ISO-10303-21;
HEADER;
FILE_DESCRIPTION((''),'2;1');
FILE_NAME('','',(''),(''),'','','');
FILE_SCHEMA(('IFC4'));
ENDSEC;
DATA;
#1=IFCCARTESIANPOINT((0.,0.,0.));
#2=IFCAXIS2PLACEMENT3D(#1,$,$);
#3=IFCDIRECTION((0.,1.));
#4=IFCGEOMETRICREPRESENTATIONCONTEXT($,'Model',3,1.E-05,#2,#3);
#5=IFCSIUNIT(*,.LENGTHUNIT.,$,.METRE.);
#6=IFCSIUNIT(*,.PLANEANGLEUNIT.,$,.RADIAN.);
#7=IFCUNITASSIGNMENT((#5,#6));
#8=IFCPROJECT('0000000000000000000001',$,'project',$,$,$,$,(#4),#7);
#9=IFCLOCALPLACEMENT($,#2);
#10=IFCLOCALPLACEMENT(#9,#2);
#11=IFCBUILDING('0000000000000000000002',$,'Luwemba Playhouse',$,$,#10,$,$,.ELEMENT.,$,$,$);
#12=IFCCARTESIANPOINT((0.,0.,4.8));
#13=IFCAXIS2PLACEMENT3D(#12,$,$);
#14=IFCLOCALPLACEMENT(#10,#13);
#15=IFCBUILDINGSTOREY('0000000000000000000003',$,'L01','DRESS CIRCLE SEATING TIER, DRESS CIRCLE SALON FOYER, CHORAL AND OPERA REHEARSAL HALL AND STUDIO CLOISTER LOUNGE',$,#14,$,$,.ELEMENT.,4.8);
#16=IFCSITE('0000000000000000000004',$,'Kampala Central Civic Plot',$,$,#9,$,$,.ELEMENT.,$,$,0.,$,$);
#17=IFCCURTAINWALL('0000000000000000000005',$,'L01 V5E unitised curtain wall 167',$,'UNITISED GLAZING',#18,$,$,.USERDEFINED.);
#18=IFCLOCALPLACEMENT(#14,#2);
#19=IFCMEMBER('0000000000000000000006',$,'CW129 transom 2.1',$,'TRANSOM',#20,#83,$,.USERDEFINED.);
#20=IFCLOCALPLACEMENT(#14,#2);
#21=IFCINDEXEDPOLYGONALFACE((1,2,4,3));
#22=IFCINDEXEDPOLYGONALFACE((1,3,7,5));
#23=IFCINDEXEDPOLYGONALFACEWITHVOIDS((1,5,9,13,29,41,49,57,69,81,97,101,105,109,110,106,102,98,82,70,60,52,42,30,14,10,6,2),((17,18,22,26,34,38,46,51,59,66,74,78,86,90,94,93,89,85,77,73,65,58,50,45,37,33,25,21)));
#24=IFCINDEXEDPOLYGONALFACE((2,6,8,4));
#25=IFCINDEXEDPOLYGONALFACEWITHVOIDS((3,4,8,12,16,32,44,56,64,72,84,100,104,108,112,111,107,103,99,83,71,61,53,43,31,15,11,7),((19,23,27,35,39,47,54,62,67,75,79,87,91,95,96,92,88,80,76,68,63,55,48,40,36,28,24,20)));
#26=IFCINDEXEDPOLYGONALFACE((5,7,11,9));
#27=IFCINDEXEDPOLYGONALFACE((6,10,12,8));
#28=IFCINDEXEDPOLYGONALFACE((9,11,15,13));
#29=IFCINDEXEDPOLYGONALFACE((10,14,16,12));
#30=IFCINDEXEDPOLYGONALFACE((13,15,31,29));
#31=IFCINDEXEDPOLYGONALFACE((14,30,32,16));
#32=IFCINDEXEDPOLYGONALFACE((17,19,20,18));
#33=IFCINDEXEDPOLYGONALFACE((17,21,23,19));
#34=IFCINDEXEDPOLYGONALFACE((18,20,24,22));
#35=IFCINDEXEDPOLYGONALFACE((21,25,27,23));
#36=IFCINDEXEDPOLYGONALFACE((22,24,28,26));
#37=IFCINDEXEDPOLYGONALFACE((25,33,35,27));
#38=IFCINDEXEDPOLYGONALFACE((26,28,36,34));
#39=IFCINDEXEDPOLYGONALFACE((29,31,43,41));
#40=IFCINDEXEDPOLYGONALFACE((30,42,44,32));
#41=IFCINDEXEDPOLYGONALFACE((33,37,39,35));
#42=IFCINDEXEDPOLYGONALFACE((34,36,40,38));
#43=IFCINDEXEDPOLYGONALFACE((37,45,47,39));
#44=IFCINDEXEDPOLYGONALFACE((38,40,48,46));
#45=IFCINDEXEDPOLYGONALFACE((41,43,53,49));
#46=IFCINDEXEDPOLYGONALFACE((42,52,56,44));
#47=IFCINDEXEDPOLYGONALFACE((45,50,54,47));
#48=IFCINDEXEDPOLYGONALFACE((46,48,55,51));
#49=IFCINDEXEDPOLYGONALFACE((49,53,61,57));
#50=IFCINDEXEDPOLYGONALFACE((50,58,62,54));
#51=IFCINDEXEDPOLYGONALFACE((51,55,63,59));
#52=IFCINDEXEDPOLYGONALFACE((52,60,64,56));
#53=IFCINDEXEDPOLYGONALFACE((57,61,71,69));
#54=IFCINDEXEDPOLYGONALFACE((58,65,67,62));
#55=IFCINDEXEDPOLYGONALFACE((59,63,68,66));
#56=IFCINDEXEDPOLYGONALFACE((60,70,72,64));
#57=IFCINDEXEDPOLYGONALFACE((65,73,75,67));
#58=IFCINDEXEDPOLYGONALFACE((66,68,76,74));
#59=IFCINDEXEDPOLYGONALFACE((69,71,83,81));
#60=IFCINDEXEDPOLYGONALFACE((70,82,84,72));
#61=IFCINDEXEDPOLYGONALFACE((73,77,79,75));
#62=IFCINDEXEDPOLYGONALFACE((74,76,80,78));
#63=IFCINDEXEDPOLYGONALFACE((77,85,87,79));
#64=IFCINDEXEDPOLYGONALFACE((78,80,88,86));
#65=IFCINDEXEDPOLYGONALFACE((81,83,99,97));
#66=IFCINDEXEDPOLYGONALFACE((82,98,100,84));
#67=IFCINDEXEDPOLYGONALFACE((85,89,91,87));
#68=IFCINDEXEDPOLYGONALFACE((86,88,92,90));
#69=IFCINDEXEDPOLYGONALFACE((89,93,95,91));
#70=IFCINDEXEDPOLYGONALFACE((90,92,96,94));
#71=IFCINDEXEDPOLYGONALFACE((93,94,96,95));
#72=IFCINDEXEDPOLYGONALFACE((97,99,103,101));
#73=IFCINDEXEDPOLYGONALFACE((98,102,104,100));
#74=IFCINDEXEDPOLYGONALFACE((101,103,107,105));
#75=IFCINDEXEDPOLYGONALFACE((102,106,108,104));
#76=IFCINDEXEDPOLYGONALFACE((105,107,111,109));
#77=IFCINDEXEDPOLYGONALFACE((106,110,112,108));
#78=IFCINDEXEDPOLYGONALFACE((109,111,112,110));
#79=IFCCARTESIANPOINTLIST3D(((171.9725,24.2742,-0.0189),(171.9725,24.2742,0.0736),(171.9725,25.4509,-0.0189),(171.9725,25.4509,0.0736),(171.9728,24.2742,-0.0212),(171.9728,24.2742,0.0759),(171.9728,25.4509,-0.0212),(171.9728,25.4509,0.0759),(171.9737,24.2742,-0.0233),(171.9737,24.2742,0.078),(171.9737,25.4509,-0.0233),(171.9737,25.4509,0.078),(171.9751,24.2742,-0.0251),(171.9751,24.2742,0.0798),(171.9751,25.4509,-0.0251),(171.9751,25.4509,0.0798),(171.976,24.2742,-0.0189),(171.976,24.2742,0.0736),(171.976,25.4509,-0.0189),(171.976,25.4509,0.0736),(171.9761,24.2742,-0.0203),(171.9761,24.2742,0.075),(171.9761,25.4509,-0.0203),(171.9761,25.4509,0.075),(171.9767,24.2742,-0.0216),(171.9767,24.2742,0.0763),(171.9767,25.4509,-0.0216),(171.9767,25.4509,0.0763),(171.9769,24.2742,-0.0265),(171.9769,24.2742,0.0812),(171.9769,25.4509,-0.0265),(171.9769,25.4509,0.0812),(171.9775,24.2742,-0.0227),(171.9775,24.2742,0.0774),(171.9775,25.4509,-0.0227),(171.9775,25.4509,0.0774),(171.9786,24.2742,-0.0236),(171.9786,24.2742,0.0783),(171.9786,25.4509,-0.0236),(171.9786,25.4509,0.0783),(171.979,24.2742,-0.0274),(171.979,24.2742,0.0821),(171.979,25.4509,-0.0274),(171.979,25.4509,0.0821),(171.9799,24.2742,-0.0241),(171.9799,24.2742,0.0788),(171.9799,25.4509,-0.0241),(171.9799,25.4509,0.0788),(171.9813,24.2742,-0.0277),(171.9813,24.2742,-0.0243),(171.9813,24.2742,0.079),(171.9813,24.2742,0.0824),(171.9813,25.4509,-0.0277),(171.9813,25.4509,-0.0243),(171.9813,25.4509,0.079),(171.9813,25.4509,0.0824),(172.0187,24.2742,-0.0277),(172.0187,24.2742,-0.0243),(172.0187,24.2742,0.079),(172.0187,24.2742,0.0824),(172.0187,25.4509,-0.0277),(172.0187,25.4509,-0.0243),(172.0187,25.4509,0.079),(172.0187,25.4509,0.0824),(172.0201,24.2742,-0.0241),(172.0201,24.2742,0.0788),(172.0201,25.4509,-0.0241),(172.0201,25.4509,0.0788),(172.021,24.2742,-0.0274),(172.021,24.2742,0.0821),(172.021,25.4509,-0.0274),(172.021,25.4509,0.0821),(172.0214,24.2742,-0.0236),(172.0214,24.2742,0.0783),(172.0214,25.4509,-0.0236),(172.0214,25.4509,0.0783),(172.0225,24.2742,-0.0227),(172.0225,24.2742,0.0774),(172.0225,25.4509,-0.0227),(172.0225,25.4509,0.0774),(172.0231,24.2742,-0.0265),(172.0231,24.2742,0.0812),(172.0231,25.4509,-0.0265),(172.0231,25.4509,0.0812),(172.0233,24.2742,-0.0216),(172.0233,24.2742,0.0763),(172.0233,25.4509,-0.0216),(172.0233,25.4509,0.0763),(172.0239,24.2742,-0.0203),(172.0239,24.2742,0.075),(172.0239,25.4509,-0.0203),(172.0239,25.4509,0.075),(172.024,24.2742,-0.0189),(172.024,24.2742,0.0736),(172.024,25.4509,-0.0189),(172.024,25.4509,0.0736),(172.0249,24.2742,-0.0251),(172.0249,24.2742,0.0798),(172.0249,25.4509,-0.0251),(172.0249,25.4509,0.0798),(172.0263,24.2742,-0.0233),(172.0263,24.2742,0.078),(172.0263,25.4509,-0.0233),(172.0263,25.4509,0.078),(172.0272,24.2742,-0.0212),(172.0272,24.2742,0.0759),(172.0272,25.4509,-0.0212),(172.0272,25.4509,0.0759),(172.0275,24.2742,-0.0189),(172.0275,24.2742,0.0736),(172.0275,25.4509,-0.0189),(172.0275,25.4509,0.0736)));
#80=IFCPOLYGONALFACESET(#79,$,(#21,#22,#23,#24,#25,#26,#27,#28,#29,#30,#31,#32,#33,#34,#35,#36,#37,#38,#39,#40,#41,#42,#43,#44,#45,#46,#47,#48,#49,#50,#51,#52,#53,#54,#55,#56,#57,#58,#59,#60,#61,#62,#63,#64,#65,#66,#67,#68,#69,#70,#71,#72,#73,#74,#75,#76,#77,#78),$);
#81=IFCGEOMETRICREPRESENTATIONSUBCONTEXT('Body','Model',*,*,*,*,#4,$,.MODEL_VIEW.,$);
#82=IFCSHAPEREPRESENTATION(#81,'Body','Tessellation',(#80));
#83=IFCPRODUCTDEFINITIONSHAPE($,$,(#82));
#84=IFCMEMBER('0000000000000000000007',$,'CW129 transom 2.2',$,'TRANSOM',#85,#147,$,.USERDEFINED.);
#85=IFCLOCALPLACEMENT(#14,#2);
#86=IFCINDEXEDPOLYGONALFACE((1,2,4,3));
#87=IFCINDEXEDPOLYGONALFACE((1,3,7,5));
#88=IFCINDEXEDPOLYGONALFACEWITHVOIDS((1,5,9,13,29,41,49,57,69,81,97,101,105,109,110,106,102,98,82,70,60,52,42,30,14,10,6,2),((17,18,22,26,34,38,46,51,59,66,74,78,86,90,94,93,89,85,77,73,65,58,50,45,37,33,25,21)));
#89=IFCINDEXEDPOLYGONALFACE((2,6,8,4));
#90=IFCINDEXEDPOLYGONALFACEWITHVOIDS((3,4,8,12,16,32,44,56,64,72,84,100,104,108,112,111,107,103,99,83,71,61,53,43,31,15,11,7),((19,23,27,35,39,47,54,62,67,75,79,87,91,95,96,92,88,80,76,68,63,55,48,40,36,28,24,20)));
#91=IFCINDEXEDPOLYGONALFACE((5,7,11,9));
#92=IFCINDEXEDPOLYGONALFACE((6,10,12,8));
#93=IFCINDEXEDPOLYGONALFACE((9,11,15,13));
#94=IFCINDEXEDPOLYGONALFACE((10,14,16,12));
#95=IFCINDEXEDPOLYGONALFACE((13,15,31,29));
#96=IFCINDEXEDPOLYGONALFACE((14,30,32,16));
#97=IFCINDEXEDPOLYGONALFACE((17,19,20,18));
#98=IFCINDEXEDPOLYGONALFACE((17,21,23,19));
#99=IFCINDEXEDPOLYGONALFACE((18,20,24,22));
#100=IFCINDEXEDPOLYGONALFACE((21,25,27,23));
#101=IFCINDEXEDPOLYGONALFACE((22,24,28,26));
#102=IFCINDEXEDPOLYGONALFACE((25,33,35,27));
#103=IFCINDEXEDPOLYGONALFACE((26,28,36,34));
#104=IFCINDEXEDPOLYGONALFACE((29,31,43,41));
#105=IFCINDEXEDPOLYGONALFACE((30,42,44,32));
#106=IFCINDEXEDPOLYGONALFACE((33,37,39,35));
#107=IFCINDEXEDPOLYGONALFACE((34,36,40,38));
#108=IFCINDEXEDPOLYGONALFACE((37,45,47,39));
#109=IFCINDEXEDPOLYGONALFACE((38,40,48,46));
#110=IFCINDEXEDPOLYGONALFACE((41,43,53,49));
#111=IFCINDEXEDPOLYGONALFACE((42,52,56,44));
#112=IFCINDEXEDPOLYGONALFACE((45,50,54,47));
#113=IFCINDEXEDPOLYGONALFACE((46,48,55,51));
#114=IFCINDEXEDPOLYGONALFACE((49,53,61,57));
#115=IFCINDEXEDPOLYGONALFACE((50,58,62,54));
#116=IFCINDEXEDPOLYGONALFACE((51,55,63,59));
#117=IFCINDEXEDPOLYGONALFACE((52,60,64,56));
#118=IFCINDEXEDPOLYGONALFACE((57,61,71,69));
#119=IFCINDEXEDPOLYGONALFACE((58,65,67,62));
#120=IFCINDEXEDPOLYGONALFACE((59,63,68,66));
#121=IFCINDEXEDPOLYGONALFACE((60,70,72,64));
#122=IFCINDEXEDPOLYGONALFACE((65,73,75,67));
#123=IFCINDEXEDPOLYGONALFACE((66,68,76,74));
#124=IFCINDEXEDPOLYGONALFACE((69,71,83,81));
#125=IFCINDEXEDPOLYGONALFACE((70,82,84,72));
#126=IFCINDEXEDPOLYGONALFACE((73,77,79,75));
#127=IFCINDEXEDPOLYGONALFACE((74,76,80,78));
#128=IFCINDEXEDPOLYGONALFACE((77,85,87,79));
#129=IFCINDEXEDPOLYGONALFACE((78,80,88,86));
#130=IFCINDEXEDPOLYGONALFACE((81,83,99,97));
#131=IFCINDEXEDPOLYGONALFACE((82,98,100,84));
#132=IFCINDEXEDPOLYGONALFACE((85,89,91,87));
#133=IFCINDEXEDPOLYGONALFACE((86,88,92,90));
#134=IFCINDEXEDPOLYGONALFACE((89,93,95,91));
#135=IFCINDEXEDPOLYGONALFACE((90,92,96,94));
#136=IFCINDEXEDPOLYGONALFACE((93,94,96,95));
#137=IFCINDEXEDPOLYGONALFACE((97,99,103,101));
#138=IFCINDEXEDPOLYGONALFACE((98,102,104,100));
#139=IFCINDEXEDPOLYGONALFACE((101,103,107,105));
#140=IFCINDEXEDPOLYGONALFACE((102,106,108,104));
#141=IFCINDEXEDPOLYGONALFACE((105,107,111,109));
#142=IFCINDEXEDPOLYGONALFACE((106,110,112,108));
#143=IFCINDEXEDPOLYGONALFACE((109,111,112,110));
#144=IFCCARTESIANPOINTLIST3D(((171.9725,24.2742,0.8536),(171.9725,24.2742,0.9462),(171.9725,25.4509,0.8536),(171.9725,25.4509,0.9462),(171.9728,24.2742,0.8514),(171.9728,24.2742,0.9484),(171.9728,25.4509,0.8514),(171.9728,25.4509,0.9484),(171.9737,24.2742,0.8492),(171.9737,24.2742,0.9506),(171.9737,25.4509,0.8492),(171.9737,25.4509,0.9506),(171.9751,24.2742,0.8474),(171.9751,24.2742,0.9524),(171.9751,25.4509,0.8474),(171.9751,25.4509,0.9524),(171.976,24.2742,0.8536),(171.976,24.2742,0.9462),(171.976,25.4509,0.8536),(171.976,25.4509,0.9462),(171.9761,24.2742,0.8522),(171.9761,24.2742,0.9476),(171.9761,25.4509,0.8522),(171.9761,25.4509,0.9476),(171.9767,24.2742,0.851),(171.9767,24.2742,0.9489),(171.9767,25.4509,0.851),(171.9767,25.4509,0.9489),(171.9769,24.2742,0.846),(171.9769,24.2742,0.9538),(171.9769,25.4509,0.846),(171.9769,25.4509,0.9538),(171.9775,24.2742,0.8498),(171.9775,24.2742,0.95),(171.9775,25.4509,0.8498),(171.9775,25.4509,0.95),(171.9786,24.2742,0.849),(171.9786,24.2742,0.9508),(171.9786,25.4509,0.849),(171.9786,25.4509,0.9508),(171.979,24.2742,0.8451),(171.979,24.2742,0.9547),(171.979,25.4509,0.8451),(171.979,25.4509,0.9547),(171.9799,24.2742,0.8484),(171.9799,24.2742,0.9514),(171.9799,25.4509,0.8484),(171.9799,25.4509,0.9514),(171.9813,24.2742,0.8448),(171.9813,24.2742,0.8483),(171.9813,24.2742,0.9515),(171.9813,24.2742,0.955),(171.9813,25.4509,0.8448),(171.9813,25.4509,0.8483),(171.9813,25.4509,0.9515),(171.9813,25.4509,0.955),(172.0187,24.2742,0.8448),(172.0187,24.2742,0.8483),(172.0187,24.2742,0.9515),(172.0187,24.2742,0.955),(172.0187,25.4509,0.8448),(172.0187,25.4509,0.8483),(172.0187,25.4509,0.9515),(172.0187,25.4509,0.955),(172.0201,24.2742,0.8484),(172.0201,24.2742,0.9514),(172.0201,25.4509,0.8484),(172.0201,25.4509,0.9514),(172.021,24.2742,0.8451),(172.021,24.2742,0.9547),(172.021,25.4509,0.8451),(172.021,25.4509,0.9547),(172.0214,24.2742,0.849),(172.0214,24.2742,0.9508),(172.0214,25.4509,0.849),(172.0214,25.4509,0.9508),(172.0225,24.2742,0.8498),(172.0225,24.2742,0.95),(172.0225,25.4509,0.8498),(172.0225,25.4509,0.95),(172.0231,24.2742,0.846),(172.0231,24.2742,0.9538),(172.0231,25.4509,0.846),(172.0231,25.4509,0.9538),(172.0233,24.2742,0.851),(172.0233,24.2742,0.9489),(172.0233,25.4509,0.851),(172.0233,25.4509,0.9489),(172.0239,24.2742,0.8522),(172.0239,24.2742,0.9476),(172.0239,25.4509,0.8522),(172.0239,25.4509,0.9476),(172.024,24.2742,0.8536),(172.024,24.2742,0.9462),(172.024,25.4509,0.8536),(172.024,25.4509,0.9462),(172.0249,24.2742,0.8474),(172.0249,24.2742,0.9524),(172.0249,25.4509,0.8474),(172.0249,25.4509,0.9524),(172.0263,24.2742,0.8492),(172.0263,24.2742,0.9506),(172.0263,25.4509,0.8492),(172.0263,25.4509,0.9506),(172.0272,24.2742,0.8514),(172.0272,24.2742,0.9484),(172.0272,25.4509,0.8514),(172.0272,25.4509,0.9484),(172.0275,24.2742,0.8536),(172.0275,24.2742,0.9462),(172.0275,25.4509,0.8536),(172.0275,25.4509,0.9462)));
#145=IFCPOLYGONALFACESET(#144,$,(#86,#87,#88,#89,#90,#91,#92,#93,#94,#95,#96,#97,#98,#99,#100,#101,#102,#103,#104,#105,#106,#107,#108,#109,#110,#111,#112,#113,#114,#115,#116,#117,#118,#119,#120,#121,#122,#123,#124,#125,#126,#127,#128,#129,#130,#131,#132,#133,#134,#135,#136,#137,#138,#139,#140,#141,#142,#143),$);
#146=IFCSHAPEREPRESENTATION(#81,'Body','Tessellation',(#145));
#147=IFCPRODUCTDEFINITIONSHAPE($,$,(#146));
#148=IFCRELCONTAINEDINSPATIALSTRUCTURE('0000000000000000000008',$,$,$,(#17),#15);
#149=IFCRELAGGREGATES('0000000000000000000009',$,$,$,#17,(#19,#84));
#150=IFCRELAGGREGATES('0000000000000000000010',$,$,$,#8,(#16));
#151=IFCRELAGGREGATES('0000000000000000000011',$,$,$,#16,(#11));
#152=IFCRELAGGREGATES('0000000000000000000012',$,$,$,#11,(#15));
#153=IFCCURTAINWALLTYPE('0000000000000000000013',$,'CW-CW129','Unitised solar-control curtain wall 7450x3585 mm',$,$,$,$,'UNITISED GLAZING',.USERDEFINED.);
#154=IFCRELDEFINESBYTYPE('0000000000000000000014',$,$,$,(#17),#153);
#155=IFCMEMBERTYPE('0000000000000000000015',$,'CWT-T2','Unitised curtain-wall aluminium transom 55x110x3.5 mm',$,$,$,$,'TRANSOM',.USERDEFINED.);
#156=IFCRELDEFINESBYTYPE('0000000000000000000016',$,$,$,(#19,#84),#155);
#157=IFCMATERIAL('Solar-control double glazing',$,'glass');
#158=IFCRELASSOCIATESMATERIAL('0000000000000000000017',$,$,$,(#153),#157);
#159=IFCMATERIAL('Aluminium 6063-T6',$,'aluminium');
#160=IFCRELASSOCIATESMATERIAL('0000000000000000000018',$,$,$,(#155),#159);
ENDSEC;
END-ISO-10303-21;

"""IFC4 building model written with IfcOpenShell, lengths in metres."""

from ifc_helpers import new_model, si_unit, direction, frame, origin, origin_2d, place, context, subcontext, project, spatial, hollow_rectangle, extrude, material, material_profile, profile_set, type_object, element, aggregate, save


model = new_model("IFC4")

# Units and contexts
model_context = context("Model", 3, precision=1e-05, world=origin(), true_north=direction((0.0, 1.0)))
body_context = subcontext(model_context, "Body", "Model", "MODEL_VIEW")
ifc_project = project(units=[si_unit("LENGTHUNIT", "METRE"), si_unit("PLANEANGLEUNIT", "RADIAN")], contexts=[model_context])

# Site, building, storey
site_placement = place(None, origin())
site = spatial("IfcSite", under=ifc_project, at=site_placement, Name="Kampala Central Civic Plot", CompositionType="ELEMENT", RefElevation=0.0)
building_placement = place(site_placement, origin())
building = spatial("IfcBuilding", under=site, at=building_placement, Name="Luwemba Playhouse", CompositionType="ELEMENT")
storey_placement = place(building_placement, frame((0.0, 0.0, 4.8)))
storey = spatial("IfcBuildingStorey", under=building, at=storey_placement, Name="L01", Description="DRESS CIRCLE SEATING TIER, DRESS CIRCLE SALON FOYER, CHORAL AND OPERA REHEARSAL HALL AND STUDIO CLOISTER LOUNGE", CompositionType="ELEMENT", Elevation=4.8)

# Curtain wall, members
ifc_material_1 = material(Name="Solar-control double glazing", Category="glass")
curtain_wall_type = type_object("IfcCurtainWallType", Name="CW-CW129", Description="Unitised solar-control curtain wall 7450x3585 mm", ElementType="UNITISED GLAZING", PredefinedType="USERDEFINED", material=ifc_material_1)
curtain_wall_placement = place(storey_placement, origin())
curtain_wall = element("IfcCurtainWall", 1, at=curtain_wall_placement, inside=storey, type_object=curtain_wall_type, Name="L01 V5E unitised curtain wall 167", ObjectType="UNITISED GLAZING", PredefinedType="USERDEFINED")
ifc_material_2 = material(Name="Aluminium 6063-T6", Category="aluminium")
ifc_material_profile_1 = material_profile(ifc_material_2, hollow_rectangle(XDim=0.0549, YDim=0.1101, WallThickness=0.0034, InnerFilletRadius=0.0054, OuterFilletRadius=0.0088, at=origin_2d()))
ifc_profile_set_1 = profile_set([ifc_material_profile_1], Name="Aluminium 6063-T6")
member_type_1 = type_object("IfcMemberType", Name="CWT-T2", Description="Unitised curtain-wall aluminium transom 55x110x3.5 mm", ElementType="TRANSOM", PredefinedType="USERDEFINED", material=ifc_profile_set_1)
member_1_placement = place(storey_placement, frame((172.0, 25.4509, 0.0273), z_axis=(0.0, -1.0, 0.0), x_axis=(1.0, 0.0, 0.0)))
member_1 = element("IfcMember", 2, at=member_1_placement, type_object=member_type_1, Name="CW129 transom 2.1", ObjectType="TRANSOM", PredefinedType="USERDEFINED", context=body_context, shape_type="SweptSolid", body=[
    extrude(hollow_rectangle(XDim=0.0549, YDim=0.1101, WallThickness=0.0034, InnerFilletRadius=0.0054, OuterFilletRadius=0.0088, at=origin_2d()), origin(), (0.0, 0.0, 1.0), 1.1768),
])
member_2_placement = place(storey_placement, frame((172.0, 25.4509, 0.8999), z_axis=(0.0, -1.0, 0.0), x_axis=(1.0, 0.0, 0.0)))
member_2 = element("IfcMember", 3, at=member_2_placement, type_object=member_type_1, Name="CW129 transom 2.2", ObjectType="TRANSOM", PredefinedType="USERDEFINED", context=body_context, shape_type="SweptSolid", body=[
    extrude(hollow_rectangle(XDim=0.0549, YDim=0.1101, WallThickness=0.0034, InnerFilletRadius=0.0054, OuterFilletRadius=0.0088, at=origin_2d()), origin(), (0.0, 0.0, 1.0), 1.1768),
])

aggregate(curtain_wall, [member_1, member_2])

save(model, "model.ifc")
